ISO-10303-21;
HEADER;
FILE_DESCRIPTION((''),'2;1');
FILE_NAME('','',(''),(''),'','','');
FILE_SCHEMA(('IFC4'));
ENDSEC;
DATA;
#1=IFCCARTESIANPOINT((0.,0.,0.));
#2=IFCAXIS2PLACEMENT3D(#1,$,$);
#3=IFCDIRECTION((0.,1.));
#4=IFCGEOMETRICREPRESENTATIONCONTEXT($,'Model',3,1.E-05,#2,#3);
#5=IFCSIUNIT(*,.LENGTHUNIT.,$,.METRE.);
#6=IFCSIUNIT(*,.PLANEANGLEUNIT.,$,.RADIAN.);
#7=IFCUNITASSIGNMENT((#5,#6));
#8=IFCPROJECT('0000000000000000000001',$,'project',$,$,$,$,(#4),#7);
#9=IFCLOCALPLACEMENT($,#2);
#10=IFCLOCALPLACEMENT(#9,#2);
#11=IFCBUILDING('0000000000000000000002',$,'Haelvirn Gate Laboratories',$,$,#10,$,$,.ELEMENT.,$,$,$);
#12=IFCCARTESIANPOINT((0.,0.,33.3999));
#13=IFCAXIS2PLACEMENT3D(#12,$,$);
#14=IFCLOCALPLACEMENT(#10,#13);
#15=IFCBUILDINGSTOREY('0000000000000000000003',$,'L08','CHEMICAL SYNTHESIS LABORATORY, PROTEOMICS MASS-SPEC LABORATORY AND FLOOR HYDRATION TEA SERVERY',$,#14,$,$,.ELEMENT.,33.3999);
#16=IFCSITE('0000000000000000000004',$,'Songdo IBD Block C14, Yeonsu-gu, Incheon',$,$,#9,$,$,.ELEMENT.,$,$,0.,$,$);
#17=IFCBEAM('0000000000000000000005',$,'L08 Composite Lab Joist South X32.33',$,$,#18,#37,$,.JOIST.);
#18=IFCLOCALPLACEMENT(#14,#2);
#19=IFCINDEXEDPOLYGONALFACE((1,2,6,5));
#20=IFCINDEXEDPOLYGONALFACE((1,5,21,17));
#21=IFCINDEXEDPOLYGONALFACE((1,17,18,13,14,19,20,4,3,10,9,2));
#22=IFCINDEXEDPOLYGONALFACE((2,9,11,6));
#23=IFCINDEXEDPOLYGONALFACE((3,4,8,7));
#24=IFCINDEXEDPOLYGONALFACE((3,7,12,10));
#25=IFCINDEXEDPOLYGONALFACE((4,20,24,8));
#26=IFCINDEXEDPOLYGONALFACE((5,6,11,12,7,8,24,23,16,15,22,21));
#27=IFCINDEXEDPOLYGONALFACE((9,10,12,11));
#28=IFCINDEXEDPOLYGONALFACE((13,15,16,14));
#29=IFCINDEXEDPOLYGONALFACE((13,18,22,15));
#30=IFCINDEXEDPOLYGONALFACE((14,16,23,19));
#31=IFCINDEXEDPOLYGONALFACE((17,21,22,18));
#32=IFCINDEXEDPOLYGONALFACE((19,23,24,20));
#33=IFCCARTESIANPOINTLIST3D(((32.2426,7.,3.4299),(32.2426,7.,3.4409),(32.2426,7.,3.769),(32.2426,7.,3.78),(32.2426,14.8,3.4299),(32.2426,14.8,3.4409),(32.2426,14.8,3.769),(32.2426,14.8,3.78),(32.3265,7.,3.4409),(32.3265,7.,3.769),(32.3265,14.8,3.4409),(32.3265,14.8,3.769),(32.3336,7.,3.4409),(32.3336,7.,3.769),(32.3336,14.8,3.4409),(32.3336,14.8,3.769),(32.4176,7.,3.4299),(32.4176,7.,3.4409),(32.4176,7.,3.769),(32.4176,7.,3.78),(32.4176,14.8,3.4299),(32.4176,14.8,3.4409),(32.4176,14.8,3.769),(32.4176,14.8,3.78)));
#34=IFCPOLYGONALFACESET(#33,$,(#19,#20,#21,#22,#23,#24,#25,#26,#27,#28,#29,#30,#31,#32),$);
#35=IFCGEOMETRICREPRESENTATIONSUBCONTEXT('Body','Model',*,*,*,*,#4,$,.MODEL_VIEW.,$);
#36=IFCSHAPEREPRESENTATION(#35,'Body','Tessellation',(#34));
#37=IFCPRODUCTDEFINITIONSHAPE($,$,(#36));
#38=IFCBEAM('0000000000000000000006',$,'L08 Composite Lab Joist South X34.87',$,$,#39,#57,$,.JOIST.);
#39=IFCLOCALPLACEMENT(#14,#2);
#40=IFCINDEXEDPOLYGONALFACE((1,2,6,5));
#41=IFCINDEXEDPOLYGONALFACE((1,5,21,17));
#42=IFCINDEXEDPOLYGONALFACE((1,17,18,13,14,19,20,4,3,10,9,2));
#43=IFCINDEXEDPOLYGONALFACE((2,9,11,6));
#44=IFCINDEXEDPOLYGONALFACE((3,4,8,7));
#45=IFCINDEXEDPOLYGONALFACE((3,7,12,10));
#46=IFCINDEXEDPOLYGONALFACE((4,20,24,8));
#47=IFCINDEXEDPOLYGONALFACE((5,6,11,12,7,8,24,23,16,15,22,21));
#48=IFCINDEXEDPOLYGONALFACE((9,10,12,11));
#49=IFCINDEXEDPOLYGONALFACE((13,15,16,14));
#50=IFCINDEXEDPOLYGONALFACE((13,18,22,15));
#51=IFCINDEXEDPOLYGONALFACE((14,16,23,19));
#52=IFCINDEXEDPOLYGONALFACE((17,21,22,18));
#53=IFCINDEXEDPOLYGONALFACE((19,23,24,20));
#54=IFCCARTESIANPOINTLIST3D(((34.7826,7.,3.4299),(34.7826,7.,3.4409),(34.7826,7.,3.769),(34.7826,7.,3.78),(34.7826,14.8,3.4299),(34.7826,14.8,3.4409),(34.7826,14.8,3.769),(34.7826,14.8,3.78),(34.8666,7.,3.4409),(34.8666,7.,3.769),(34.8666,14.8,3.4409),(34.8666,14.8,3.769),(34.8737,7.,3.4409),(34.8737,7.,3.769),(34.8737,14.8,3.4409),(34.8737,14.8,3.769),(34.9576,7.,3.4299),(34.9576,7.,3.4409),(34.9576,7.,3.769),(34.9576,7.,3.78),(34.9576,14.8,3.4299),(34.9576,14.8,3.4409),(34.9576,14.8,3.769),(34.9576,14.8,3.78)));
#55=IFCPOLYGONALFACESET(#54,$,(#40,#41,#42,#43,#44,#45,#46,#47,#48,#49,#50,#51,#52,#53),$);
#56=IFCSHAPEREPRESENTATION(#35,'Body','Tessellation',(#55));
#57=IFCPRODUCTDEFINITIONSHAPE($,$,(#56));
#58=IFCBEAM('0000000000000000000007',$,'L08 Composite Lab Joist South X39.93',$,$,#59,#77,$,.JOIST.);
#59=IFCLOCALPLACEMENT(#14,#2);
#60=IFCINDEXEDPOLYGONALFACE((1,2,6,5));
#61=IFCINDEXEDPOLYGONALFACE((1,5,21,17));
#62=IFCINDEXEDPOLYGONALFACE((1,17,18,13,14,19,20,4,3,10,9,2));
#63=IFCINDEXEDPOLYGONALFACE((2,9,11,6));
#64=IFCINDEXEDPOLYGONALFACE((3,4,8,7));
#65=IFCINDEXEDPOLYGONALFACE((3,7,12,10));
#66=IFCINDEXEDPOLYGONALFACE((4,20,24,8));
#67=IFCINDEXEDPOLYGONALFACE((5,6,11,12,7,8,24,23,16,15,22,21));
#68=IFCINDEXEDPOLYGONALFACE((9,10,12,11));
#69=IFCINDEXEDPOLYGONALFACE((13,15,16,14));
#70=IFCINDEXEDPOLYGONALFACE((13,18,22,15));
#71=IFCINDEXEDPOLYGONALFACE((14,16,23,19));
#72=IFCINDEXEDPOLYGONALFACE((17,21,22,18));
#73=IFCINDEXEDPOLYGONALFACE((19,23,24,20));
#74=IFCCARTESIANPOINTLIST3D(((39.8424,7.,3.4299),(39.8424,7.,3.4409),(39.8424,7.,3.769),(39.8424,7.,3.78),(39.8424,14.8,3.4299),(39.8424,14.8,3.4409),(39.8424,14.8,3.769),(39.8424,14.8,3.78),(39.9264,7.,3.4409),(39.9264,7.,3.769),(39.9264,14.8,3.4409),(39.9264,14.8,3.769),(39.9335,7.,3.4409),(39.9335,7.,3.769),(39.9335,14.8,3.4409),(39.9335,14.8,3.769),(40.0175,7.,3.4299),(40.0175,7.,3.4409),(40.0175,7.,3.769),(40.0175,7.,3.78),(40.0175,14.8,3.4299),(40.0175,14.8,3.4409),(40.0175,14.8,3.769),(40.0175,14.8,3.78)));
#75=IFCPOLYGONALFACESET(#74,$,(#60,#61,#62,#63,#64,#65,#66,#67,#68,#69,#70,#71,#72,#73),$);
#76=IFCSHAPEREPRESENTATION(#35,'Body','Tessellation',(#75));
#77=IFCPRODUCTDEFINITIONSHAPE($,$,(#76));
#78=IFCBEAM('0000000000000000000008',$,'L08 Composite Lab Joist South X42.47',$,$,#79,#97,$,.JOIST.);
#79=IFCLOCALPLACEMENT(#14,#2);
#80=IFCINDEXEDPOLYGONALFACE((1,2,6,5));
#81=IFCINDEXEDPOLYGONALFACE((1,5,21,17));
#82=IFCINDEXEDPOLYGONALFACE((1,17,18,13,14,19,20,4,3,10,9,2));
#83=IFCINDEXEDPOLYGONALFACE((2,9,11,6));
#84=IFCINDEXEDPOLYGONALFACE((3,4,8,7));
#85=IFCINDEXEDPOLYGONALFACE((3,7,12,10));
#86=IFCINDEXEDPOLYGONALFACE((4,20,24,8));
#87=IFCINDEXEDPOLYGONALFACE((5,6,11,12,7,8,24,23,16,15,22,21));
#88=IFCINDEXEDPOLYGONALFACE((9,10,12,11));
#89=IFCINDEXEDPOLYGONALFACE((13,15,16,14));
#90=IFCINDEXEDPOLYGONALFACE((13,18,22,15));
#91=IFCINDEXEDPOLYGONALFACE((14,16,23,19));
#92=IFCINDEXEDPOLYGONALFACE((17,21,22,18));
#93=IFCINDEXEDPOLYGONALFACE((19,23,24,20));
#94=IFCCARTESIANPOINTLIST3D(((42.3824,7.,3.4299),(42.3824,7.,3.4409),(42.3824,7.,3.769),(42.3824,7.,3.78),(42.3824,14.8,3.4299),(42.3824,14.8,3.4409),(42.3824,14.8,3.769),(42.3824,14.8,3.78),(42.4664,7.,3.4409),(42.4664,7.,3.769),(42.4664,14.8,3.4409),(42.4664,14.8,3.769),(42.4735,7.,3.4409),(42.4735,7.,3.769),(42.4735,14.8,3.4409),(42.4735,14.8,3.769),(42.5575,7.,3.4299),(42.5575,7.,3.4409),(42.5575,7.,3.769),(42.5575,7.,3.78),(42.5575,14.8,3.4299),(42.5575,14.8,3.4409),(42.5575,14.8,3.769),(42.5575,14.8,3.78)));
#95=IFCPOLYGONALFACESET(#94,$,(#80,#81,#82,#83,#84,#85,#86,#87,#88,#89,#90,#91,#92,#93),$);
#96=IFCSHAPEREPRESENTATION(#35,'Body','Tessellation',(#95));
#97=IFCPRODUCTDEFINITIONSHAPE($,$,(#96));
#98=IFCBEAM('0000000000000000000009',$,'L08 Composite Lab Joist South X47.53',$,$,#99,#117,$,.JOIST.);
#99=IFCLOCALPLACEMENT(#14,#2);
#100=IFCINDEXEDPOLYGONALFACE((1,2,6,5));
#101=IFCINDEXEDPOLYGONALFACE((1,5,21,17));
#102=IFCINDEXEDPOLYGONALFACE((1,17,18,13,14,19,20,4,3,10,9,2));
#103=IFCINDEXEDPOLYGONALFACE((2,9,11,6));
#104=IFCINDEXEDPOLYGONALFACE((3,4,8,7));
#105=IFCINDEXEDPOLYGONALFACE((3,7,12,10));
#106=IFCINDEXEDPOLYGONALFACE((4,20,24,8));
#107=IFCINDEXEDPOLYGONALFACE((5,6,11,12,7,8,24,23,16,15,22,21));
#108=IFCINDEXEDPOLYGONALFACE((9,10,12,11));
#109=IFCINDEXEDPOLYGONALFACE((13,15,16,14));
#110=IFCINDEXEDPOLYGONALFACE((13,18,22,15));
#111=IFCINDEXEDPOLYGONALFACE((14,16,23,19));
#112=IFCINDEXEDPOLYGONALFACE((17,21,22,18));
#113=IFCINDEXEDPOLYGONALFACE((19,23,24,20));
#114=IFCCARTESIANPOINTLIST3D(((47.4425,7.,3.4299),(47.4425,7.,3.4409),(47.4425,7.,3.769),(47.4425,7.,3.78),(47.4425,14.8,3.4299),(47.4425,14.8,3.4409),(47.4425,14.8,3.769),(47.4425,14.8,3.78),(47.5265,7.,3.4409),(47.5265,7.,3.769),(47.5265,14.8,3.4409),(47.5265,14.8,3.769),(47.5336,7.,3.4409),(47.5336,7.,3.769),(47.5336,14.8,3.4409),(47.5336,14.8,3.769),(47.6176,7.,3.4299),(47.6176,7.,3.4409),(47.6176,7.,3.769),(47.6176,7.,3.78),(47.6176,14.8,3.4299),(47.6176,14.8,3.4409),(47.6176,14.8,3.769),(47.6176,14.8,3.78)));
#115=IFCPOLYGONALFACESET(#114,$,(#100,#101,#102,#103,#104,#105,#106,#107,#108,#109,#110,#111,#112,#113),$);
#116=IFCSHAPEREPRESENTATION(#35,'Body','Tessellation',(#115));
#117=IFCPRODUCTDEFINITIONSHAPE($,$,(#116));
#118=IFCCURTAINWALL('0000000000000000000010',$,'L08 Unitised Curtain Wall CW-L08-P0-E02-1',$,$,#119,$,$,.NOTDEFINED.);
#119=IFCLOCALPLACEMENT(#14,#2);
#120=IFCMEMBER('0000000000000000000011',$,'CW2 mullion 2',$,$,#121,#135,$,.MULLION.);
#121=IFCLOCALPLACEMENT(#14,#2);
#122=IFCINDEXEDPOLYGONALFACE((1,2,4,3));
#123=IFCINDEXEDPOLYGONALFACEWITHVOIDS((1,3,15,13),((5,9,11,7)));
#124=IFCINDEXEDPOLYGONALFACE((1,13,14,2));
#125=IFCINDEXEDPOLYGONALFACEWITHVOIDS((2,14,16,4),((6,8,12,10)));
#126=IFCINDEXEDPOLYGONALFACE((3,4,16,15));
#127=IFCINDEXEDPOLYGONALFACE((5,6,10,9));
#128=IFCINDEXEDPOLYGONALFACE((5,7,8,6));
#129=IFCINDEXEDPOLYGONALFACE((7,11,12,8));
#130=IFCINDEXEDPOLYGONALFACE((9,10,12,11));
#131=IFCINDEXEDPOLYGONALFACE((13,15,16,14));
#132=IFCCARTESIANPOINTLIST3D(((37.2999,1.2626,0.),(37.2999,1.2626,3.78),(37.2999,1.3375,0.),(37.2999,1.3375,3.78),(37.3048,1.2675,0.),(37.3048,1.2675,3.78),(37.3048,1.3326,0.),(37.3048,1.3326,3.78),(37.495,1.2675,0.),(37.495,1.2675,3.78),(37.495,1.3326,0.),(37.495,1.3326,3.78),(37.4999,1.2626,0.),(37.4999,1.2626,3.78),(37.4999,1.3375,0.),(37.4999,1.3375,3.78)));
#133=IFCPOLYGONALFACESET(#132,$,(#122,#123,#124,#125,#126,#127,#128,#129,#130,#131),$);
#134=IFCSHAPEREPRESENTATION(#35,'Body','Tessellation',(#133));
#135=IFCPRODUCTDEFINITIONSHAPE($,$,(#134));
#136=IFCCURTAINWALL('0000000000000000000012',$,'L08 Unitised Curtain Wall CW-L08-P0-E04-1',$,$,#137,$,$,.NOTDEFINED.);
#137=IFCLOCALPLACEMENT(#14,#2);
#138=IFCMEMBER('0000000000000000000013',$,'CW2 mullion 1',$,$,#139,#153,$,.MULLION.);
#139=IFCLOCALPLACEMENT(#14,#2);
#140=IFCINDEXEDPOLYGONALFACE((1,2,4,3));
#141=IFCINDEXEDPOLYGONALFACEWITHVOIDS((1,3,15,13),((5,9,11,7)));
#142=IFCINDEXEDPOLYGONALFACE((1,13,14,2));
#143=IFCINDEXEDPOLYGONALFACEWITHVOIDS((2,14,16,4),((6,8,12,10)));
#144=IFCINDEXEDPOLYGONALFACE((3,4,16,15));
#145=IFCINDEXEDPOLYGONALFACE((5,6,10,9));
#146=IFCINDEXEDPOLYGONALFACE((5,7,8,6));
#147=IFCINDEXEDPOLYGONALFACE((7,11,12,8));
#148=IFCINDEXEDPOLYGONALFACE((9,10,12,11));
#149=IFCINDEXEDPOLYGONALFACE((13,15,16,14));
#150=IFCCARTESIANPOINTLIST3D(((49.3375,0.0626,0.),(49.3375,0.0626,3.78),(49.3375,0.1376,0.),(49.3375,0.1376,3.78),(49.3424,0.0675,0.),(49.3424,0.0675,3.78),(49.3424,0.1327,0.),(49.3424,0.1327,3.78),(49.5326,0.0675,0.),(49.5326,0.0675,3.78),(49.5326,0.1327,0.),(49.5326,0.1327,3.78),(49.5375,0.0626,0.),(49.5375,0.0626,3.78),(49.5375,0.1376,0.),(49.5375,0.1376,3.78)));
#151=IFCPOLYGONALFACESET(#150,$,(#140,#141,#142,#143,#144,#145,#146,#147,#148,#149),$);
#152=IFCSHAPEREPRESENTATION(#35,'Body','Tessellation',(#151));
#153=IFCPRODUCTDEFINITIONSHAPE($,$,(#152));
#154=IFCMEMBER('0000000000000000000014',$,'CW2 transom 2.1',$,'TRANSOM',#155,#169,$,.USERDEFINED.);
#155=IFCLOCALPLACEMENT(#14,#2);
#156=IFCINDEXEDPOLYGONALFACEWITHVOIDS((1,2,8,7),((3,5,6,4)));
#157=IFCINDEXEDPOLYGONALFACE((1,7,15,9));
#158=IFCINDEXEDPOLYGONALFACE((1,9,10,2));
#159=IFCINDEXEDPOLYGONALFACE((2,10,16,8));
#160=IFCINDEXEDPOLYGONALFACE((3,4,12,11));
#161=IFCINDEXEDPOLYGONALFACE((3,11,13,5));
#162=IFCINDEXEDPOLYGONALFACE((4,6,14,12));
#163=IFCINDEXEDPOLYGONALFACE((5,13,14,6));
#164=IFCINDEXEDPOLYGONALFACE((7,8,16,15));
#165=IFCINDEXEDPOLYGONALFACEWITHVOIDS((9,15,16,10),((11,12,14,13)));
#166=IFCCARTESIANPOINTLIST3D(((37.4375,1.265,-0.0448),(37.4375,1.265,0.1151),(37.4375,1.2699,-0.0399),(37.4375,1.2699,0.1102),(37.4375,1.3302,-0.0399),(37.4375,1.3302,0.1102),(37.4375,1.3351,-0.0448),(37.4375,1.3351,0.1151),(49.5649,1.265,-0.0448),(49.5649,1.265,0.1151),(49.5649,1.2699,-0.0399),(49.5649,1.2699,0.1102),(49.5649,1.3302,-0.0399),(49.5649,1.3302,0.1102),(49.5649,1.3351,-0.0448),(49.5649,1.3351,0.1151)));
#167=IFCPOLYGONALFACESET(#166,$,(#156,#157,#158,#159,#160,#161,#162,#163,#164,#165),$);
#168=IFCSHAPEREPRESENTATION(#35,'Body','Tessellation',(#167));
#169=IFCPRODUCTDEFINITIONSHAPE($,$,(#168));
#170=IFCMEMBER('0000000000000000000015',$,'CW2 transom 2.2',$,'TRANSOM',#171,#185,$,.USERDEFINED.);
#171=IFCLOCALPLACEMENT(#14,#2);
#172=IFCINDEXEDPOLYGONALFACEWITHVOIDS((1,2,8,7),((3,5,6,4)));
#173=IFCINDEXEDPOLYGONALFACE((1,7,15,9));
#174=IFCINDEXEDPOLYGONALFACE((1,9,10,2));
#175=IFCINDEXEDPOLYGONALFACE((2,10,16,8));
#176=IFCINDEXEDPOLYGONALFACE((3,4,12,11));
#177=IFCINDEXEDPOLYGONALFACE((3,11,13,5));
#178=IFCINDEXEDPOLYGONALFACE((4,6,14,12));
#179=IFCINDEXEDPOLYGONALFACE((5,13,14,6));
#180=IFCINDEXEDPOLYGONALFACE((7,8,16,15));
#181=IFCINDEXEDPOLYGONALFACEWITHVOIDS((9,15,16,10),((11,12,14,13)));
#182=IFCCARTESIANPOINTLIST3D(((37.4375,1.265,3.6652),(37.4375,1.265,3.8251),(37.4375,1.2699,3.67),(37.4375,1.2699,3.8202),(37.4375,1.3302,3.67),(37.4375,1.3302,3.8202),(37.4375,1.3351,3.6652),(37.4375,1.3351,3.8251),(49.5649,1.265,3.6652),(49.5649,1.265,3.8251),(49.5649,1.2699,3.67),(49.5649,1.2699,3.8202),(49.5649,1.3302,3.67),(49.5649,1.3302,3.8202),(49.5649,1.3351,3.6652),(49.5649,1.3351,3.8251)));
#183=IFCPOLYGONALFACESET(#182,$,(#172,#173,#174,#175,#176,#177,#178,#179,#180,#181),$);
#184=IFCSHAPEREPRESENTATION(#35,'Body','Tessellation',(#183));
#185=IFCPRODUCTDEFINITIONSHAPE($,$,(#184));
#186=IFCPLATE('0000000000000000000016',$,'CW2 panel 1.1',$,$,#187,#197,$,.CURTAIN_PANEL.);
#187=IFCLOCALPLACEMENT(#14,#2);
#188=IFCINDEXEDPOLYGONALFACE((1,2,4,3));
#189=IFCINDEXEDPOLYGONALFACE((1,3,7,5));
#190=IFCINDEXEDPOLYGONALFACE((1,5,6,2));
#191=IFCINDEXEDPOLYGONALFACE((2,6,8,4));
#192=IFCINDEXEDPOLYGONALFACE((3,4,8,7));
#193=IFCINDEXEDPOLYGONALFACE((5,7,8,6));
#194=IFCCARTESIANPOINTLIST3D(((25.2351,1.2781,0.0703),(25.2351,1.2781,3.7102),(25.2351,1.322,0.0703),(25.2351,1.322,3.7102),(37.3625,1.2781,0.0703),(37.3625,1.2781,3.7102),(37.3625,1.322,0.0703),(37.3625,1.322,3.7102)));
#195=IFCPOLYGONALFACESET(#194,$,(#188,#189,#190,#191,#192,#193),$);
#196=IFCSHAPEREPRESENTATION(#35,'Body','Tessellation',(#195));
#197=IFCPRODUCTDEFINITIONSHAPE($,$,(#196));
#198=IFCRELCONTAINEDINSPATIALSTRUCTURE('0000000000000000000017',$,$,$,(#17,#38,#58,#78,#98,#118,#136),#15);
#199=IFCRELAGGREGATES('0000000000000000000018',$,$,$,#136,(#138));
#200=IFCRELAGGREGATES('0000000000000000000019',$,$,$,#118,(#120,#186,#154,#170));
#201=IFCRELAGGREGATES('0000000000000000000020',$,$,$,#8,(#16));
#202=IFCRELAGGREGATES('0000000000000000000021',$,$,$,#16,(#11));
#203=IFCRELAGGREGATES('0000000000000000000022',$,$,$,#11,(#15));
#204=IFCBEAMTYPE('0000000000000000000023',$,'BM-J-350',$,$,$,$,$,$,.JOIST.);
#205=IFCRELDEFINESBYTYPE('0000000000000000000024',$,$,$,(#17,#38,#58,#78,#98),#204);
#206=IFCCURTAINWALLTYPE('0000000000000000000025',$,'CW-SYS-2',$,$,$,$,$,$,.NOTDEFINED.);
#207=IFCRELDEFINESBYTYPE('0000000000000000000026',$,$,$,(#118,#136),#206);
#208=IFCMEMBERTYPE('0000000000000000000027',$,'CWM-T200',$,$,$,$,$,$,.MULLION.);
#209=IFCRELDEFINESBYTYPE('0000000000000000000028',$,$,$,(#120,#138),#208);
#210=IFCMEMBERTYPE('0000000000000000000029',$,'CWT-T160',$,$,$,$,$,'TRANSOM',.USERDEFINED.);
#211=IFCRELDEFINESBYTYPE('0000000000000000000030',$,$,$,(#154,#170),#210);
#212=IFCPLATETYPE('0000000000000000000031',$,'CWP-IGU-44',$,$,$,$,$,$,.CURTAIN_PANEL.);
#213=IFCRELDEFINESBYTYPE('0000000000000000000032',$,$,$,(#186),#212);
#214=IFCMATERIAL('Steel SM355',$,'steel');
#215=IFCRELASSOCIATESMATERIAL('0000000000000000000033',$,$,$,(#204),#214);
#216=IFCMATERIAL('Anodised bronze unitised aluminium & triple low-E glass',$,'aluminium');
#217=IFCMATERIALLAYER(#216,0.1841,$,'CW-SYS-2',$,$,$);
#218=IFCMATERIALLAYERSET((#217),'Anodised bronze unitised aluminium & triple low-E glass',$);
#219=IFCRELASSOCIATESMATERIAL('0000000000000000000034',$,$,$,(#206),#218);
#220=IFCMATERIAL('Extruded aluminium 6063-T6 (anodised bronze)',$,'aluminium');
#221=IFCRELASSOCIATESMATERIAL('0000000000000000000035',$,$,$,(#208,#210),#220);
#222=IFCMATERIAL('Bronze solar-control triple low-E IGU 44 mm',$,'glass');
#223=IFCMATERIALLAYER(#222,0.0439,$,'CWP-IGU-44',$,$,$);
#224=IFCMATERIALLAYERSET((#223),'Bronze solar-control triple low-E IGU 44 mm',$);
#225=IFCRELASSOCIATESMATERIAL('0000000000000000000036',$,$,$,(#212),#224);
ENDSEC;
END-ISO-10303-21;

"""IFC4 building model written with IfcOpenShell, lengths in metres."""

from ifc_helpers import new_model, si_unit, direction, frame, origin, origin_2d, place, context, subcontext, project, spatial, rectangle, hollow_rectangle, i_section, extrude, source, transform, mapped, material, layer, layer_set, material_profile, profile_set, type_object, type_shapes, element, aggregate, save


model = new_model("IFC4")

# Units and contexts
model_context = context("Model", 3, precision=1e-05, world=origin(), true_north=direction((0.0, 1.0)))
body_context = subcontext(model_context, "Body", "Model", "MODEL_VIEW")
ifc_project = project(units=[si_unit("LENGTHUNIT", "METRE"), si_unit("PLANEANGLEUNIT", "RADIAN")], contexts=[model_context])

# Site, building, storey
site_placement = place(None, origin())
site = spatial("IfcSite", under=ifc_project, at=site_placement, Name="Songdo IBD Block C14, Yeonsu-gu, Incheon", CompositionType="ELEMENT", RefElevation=0.0)
building_placement = place(site_placement, origin())
building = spatial("IfcBuilding", under=site, at=building_placement, Name="Haelvirn Gate Laboratories", CompositionType="ELEMENT")
storey_placement = place(building_placement, frame((0.0, 0.0, 33.3999)))
storey = spatial("IfcBuildingStorey", under=building, at=storey_placement, Name="L08", Description="CHEMICAL SYNTHESIS LABORATORY, PROTEOMICS MASS-SPEC LABORATORY AND FLOOR HYDRATION TEA SERVERY", CompositionType="ELEMENT", Elevation=33.3999)

# Beams
ifc_material_1 = material(Name="Steel SM355", Category="steel")
ifc_material_profile_1 = material_profile(ifc_material_1, i_section(OverallWidth=0.175, OverallDepth=0.3501, WebThickness=0.0071, FlangeThickness=0.011, at=origin_2d()), Name="H-350x175x7x11")
ifc_profile_set_1 = profile_set([ifc_material_profile_1], Name="Steel SM355")
beam_type_1 = type_object("IfcBeamType", Name="BM-J-350", PredefinedType="JOIST", material=ifc_profile_set_1)
shared_shape_1 = source(origin(), body_context, "Body", "SweptSolid", [
    extrude(i_section(OverallWidth=0.175, OverallDepth=0.3501, WebThickness=0.0071, FlangeThickness=0.011, at=origin_2d()), origin(), (0.0, 0.0, 1.0), 7.8),
])
type_shapes(beam_type_1, [shared_shape_1])
for number, where, z_axis, x_axis, name in (
    (1, (32.3301, 7.0, 3.605), (0.0, 1.0, 0.0), (-1.0, 0.0, 0.0), "L08 Composite Lab Joist South X32.33"),
    (2, (34.8701, 7.0, 3.605), (0.0, 1.0, 0.0), (-1.0, 0.0, 0.0), "L08 Composite Lab Joist South X34.87"),
    (3, (39.9299, 7.0, 3.605), (0.0, 1.0, 0.0), (-1.0, 0.0, 0.0), "L08 Composite Lab Joist South X39.93"),
    (4, (42.47, 7.0, 3.605), (0.0, 1.0, 0.0), (-1.0, 0.0, 0.0), "L08 Composite Lab Joist South X42.47"),
    (5, (47.53, 7.0, 3.605), (0.0, 1.0, 0.0), (-1.0, 0.0, 0.0), "L08 Composite Lab Joist South X47.53"),
):
    element("IfcBeam", number, at=place(storey_placement, frame(where, z_axis=z_axis, x_axis=x_axis)), inside=storey, type_object=beam_type_1, Name=name, PredefinedType="JOIST", context=body_context, shape_type="MappedRepresentation", body=[
        mapped(shared_shape_1, transform((0.0, 0.0, 0.0), scale=1.0)),
    ])

# Curtain walls, members
ifc_material_2 = material(Name="Anodised bronze unitised aluminium & triple low-E glass", Category="aluminium")
ifc_layer_1 = layer(ifc_material_2, 0.1841, Name="CW-SYS-2")
ifc_layer_set_1 = layer_set([ifc_layer_1], Name="Anodised bronze unitised aluminium & triple low-E glass")
curtain_wall_type = type_object("IfcCurtainWallType", Name="CW-SYS-2", PredefinedType="NOTDEFINED", material=ifc_layer_set_1)
curtain_wall_1_placement = place(storey_placement, origin())
curtain_wall_1 = element("IfcCurtainWall", 6, at=curtain_wall_1_placement, inside=storey, type_object=curtain_wall_type, Name="L08 Unitised Curtain Wall CW-L08-P0-E02-1", PredefinedType="NOTDEFINED")
ifc_material_3 = material(Name="Extruded aluminium 6063-T6 (anodised bronze)", Category="aluminium")
ifc_material_profile_2 = material_profile(ifc_material_3, hollow_rectangle(XDim=0.075, YDim=0.2, WallThickness=0.0049, at=origin_2d()), Name="CWM-200x75x5")
ifc_profile_set_2 = profile_set([ifc_material_profile_2], Name="Extruded aluminium 6063-T6 (anodised bronze)")
member_type_1 = type_object("IfcMemberType", Name="CWM-T200", PredefinedType="MULLION", material=ifc_profile_set_2)
shared_shape_2 = source(origin(), body_context, "Body", "SweptSolid", [
    extrude(hollow_rectangle(XDim=0.075, YDim=0.2, WallThickness=0.0049, at=origin_2d()), origin(), (0.0, 0.0, 1.0), 3.78),
])
type_shapes(member_type_1, [shared_shape_2])
member_1_placement = place(storey_placement, frame((37.3999, 1.3, 0.0), z_axis=(0.0, 0.0, 1.0), x_axis=(0.0, 1.0, 0.0)))
member_1 = element("IfcMember", 7, at=member_1_placement, type_object=member_type_1, Name="CW2 mullion 2", PredefinedType="MULLION", context=body_context, shape_type="MappedRepresentation", body=[
    mapped(shared_shape_2, transform((0.0, 0.0, 0.0), scale=1.0)),
])
curtain_wall_2_placement = place(storey_placement, origin())
curtain_wall_2 = element("IfcCurtainWall", 8, at=curtain_wall_2_placement, inside=storey, type_object=curtain_wall_type, Name="L08 Unitised Curtain Wall CW-L08-P0-E04-1", PredefinedType="NOTDEFINED")
member_2_placement = place(storey_placement, frame((49.4375, 0.1001, 0.0), z_axis=(0.0, 0.0, 1.0), x_axis=(0.0, 1.0, 0.0)))
member_2 = element("IfcMember", 9, at=member_2_placement, type_object=member_type_1, Name="CW2 mullion 1", PredefinedType="MULLION", context=body_context, shape_type="MappedRepresentation", body=[
    mapped(shared_shape_2, transform((0.0, 0.0, 0.0), scale=1.0)),
])
aggregate(curtain_wall_2, [member_2])

# Members
ifc_material_profile_3 = material_profile(ifc_material_3, hollow_rectangle(XDim=0.0701, YDim=0.1599, WallThickness=0.0049, at=origin_2d()), Name="CWT-160x70x5")
ifc_profile_set_3 = profile_set([ifc_material_profile_3], Name="Extruded aluminium 6063-T6 (anodised bronze)")
member_type_2 = type_object("IfcMemberType", Name="CWT-T160", ElementType="TRANSOM", PredefinedType="USERDEFINED", material=ifc_profile_set_3)
shared_shape_3 = source(origin(), body_context, "Body", "SweptSolid", [
    extrude(hollow_rectangle(XDim=0.0701, YDim=0.1599, WallThickness=0.0049, at=origin_2d()), origin(), (0.0, 0.0, 1.0), 12.1274),
])
type_shapes(member_type_2, [shared_shape_3])
member_3_placement = place(storey_placement, frame((37.4375, 1.3, 0.0352), z_axis=(1.0, 0.0, 0.0), x_axis=(0.0, 1.0, 0.0)))
member_3 = element("IfcMember", 10, at=member_3_placement, type_object=member_type_2, Name="CW2 transom 2.1", ObjectType="TRANSOM", PredefinedType="USERDEFINED", context=body_context, shape_type="MappedRepresentation", body=[
    mapped(shared_shape_3, transform((0.0, 0.0, 0.0), scale=1.0)),
])
member_4_placement = place(storey_placement, frame((37.4375, 1.3, 3.7451), z_axis=(1.0, 0.0, 0.0), x_axis=(0.0, 1.0, 0.0)))
member_4 = element("IfcMember", 11, at=member_4_placement, type_object=member_type_2, Name="CW2 transom 2.2", ObjectType="TRANSOM", PredefinedType="USERDEFINED", context=body_context, shape_type="MappedRepresentation", body=[
    mapped(shared_shape_3, transform((0.0, 0.0, 0.0), scale=1.0)),
])

# Plate
ifc_material_4 = material(Name="Bronze solar-control triple low-E IGU 44 mm", Category="glass")
ifc_layer_2 = layer(ifc_material_4, 0.0439, Name="CWP-IGU-44")
ifc_layer_set_2 = layer_set([ifc_layer_2], Name="Bronze solar-control triple low-E IGU 44 mm")
plate_type = type_object("IfcPlateType", Name="CWP-IGU-44", PredefinedType="CURTAIN_PANEL", material=ifc_layer_set_2)
shared_shape_4 = source(origin(), body_context, "Body", "SweptSolid", [
    extrude(rectangle(XDim=12.1274, YDim=0.0439, at=origin_2d()), origin(), (0.0, 0.0, 1.0), 3.6399),
])
type_shapes(plate_type, [shared_shape_4])
plate_1_placement = place(storey_placement, frame((31.2988, 1.3, 0.0703), z_axis=(0.0, 0.0, 1.0), x_axis=(1.0, 0.0, 0.0)))
plate_1 = element("IfcPlate", 12, at=plate_1_placement, type_object=plate_type, Name="CW2 panel 1.1", PredefinedType="CURTAIN_PANEL", context=body_context, shape_type="MappedRepresentation", body=[
    mapped(shared_shape_4, transform((0.0, 0.0, 0.0), scale=1.0)),
])
aggregate(curtain_wall_1, [member_1, plate_1, member_3, member_4])

save(model, "model.ifc")
